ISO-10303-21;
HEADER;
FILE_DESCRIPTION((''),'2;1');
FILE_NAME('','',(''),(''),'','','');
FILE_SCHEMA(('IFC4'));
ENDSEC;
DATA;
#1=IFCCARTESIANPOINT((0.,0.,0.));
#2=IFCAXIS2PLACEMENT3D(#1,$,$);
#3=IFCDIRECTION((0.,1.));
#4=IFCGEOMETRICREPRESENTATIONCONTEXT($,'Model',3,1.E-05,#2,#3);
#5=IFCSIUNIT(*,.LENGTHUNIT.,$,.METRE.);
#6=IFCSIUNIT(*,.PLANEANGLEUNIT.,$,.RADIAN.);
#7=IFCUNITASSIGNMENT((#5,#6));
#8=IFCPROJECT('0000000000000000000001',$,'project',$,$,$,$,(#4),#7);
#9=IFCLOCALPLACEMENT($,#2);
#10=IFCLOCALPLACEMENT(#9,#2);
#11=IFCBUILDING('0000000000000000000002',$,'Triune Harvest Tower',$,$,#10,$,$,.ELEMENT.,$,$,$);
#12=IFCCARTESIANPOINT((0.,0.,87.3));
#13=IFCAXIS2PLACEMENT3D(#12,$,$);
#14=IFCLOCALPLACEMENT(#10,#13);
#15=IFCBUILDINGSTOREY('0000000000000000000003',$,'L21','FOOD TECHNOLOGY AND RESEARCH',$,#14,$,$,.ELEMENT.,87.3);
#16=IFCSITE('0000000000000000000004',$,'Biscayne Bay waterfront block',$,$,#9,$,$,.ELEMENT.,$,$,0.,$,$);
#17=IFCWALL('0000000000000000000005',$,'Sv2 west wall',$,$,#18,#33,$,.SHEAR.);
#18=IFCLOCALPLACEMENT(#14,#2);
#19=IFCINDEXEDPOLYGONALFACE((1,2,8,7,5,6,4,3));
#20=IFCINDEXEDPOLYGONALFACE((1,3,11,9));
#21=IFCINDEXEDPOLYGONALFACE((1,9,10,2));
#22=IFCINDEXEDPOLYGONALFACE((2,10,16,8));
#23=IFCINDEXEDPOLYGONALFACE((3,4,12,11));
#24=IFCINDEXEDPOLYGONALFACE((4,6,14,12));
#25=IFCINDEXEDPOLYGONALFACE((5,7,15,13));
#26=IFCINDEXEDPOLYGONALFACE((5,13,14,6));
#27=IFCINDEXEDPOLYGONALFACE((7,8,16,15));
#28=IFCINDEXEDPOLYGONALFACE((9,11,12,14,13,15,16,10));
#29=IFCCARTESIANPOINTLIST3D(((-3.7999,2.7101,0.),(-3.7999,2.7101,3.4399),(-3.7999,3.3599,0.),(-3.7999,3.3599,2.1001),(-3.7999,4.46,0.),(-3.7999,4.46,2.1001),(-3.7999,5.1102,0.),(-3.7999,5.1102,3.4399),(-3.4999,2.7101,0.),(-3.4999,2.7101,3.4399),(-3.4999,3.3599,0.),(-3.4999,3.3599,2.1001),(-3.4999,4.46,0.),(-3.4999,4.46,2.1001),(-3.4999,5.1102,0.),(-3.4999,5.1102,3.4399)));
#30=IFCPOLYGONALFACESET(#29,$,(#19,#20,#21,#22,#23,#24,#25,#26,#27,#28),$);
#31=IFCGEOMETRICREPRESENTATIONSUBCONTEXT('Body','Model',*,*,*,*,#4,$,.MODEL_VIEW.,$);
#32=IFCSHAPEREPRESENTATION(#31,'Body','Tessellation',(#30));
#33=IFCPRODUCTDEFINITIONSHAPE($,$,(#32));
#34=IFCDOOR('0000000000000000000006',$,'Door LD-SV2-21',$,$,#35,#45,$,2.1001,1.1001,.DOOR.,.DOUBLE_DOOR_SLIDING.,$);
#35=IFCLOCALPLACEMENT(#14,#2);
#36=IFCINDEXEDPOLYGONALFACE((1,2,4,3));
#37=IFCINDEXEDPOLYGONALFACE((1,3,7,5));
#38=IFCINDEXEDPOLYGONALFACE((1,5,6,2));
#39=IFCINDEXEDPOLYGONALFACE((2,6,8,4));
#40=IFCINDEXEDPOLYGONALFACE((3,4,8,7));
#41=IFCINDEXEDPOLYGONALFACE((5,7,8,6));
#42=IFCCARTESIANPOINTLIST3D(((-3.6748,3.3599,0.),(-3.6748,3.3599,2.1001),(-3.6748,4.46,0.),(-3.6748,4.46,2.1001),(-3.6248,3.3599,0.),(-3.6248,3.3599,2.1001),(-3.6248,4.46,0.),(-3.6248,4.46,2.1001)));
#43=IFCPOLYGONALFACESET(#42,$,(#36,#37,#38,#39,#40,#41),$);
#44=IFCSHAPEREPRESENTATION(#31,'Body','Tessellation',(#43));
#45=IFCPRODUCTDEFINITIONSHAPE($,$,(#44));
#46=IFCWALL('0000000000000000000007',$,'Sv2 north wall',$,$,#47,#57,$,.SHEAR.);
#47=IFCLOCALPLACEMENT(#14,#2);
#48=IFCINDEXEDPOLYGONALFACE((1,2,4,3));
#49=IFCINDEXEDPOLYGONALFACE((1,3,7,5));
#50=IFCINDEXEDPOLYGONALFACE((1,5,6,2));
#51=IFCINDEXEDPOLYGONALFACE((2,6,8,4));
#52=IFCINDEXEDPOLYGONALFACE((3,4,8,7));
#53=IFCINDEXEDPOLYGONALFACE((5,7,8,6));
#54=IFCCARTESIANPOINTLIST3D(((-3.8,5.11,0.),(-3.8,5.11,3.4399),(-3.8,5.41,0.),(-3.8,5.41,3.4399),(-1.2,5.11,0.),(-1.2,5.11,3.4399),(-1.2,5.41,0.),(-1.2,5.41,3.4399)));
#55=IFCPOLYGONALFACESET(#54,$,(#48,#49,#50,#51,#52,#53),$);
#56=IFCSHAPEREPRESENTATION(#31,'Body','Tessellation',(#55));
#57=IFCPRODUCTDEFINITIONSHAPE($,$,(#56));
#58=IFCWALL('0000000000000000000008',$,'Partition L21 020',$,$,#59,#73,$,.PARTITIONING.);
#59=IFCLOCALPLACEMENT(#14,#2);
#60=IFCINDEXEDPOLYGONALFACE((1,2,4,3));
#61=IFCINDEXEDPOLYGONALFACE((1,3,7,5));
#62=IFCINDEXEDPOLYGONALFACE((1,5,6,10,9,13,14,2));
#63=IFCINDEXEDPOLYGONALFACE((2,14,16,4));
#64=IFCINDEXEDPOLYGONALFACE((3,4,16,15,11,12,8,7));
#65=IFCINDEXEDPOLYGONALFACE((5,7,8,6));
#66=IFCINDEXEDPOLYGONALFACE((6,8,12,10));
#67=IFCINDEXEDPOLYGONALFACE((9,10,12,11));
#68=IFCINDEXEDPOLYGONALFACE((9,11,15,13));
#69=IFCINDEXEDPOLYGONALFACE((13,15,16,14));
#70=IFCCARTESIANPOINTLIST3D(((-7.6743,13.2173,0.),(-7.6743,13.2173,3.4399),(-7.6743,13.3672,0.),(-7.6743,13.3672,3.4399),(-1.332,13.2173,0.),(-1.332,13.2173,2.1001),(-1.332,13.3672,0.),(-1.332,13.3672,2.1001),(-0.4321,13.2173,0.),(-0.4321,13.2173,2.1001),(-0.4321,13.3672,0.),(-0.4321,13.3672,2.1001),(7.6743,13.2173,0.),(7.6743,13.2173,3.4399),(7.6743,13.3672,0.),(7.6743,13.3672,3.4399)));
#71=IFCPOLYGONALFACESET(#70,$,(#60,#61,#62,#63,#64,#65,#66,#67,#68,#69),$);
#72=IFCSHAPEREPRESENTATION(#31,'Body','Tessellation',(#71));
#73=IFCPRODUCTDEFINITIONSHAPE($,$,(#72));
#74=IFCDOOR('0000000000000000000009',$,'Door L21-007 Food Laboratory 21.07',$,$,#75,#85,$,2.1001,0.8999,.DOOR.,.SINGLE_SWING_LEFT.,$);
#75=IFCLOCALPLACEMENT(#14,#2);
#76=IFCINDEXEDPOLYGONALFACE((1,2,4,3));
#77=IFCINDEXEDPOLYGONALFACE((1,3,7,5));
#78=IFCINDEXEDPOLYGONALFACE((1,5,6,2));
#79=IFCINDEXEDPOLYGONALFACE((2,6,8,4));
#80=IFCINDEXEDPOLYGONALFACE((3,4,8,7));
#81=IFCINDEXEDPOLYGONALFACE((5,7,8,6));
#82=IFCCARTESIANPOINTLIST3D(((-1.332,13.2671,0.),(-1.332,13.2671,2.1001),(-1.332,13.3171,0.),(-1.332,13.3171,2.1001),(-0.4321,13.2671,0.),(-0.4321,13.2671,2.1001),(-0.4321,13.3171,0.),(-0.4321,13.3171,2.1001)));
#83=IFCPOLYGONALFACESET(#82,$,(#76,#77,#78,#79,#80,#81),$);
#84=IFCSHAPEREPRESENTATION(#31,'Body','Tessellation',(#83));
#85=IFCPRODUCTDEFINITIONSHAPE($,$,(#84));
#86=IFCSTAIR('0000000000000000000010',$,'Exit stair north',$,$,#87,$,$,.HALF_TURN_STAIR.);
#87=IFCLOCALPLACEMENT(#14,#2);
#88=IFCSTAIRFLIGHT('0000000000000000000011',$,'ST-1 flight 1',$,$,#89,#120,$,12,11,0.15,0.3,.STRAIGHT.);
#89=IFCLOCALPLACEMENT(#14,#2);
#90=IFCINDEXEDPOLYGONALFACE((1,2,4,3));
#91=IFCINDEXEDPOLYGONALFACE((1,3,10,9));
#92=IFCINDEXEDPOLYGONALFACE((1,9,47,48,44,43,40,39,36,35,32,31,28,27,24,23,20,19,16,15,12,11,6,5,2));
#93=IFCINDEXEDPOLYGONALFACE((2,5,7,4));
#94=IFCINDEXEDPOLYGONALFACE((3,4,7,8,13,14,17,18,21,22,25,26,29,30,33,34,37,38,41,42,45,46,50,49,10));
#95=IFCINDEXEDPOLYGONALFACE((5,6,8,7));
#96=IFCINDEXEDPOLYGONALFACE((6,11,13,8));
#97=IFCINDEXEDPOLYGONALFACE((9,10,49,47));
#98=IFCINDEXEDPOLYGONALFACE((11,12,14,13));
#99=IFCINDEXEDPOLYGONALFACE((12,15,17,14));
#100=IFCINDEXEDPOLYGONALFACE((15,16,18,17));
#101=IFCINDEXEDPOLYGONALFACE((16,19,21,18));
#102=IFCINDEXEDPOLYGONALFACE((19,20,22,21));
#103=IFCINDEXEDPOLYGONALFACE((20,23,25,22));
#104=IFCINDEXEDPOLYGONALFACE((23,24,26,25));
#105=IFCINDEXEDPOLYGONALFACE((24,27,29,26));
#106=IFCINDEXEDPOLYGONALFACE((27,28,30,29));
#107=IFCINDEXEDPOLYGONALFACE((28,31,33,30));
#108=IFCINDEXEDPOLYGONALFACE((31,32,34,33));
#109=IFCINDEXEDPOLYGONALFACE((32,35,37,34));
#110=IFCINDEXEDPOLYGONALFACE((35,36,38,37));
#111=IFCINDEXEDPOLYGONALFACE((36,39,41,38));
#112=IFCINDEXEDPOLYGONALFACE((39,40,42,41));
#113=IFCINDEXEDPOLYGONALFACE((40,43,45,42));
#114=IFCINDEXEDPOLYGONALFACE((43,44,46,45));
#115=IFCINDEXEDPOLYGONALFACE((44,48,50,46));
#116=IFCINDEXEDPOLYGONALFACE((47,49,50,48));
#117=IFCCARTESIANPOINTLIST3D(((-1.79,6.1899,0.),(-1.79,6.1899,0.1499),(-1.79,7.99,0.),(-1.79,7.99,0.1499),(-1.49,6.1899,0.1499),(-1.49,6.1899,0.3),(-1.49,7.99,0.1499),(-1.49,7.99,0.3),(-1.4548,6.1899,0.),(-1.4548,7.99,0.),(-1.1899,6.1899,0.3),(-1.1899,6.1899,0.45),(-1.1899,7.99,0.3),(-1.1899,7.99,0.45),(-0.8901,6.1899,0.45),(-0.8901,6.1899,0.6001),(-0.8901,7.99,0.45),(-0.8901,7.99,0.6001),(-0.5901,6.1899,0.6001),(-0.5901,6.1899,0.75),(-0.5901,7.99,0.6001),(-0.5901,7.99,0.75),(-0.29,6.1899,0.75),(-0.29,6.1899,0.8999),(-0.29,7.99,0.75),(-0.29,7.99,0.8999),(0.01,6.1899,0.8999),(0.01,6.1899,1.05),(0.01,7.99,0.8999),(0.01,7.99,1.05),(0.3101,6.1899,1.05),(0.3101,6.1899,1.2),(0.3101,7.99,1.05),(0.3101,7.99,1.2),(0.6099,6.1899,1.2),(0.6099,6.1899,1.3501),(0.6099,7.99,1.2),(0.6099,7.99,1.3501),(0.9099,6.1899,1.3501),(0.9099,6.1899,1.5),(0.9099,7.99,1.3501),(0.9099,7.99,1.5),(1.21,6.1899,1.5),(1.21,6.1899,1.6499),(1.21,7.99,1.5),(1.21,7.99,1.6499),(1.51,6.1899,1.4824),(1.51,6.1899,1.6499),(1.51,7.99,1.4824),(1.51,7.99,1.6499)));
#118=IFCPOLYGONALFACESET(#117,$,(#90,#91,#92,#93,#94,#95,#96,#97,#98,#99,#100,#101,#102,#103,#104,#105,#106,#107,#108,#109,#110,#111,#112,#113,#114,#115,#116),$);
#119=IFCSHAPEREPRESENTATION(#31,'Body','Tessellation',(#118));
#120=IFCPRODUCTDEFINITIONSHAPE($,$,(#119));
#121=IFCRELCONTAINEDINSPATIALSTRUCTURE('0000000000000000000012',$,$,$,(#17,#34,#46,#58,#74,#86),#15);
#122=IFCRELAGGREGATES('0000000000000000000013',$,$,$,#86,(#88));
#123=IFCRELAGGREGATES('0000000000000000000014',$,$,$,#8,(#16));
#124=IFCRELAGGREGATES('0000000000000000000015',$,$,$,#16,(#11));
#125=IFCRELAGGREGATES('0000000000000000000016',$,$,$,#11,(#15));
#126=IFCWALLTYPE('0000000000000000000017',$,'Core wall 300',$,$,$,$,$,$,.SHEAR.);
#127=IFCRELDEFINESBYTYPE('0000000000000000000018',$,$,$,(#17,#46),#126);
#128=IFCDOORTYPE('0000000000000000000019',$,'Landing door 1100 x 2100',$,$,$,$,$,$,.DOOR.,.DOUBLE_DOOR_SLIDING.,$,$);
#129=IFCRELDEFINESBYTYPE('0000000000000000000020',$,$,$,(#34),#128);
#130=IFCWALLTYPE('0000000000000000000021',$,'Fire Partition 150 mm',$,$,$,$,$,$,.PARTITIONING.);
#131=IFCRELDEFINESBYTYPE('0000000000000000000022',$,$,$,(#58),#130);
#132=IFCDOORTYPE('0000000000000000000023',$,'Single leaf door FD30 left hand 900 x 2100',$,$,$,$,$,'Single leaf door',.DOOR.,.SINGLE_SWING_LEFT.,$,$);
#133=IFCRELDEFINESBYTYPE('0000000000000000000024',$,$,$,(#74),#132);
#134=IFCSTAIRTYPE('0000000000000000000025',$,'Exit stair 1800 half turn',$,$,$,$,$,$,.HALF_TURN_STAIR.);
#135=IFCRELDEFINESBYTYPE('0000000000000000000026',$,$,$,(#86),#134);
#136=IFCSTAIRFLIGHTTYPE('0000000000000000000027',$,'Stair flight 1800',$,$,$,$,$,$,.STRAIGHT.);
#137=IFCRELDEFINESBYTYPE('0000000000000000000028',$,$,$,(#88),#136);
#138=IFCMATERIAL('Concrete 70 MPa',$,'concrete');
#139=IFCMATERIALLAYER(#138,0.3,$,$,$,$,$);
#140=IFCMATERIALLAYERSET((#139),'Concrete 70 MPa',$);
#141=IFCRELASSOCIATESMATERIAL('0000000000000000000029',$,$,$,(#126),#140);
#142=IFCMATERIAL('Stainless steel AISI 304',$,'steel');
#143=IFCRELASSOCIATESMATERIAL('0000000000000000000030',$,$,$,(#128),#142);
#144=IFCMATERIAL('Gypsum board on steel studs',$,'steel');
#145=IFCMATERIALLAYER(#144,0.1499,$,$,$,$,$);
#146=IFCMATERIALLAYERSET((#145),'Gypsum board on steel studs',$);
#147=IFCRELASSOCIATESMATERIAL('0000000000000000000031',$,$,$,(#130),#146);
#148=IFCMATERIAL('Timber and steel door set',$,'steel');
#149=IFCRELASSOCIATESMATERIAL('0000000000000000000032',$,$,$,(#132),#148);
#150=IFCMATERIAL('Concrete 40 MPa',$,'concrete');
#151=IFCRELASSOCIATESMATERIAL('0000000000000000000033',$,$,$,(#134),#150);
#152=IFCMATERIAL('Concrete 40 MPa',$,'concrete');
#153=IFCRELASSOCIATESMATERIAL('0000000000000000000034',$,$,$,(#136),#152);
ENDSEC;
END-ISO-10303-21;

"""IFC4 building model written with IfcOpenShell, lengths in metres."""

from ifc_helpers import new_model, si_unit, direction, frame, frame_2d, origin, place, context, subcontext, project, spatial, polyline, rectangle, outline, extrude, source, transform, mapped, material, layer, layer_set, type_object, element, fill, aggregate, save


model = new_model("IFC4")

# Units and contexts
model_context = context("Model", 3, precision=1e-05, world=origin(), true_north=direction((0.0, 1.0)))
body_context = subcontext(model_context, "Body", "Model", "MODEL_VIEW")
ifc_project = project(units=[si_unit("LENGTHUNIT", "METRE"), si_unit("PLANEANGLEUNIT", "RADIAN")], contexts=[model_context])

# Site, building, storey
site_placement = place(None, origin())
site = spatial("IfcSite", under=ifc_project, at=site_placement, Name="Biscayne Bay waterfront block", CompositionType="ELEMENT", RefElevation=0.0)
building_placement = place(site_placement, origin())
building = spatial("IfcBuilding", under=site, at=building_placement, Name="Triune Harvest Tower", CompositionType="ELEMENT")
storey_placement = place(building_placement, frame((0.0, 0.0, 87.3)))
storey = spatial("IfcBuildingStorey", under=building, at=storey_placement, Name="L21", Description="FOOD TECHNOLOGY AND RESEARCH", CompositionType="ELEMENT", Elevation=87.3)

# Shared definitions
ifc_material_1 = material(Name="Concrete 70 MPa", Category="concrete")
ifc_layer_1 = layer(ifc_material_1, 0.3)
ifc_layer_set_1 = layer_set([ifc_layer_1], Name="Concrete 70 MPa")
wall_type_1 = type_object("IfcWallType", Name="Core wall 300", PredefinedType="SHEAR", material=ifc_layer_set_1)

# Shared definitions
shared_shape_1 = source(origin(), body_context, "Body", "SweptSolid", [
    extrude(rectangle(XDim=2.4001, YDim=0.3, at=frame_2d((1.2002, 0.0))), origin(), (0.0, 0.0, 1.0), 3.4399),
])

# Wall, opening, door
ifc_material_2 = material(Name="Stainless steel AISI 304", Category="steel")
door_type_1 = type_object("IfcDoorType", Name="Landing door 1100 x 2100", OperationType="DOUBLE_DOOR_SLIDING", PredefinedType="DOOR", material=ifc_material_2)
wall_1_placement = place(storey_placement, frame((-3.6499, 2.71, 0.0), z_axis=(0.0, 0.0, 1.0), x_axis=(0.0, 1.0, 0.0)))
wall_1 = element("IfcWall", 1, at=wall_1_placement, inside=storey, type_object=wall_type_1, Name="Sv2 west wall", PredefinedType="SHEAR", context=body_context, shape_type="MappedRepresentation", body=[
    mapped(shared_shape_1, transform((0.0, 0.0, 0.0), scale=1.0)),
])
opening_1_placement = place(wall_1_placement, frame((0.6499, 0.0, 0.0)))
opening_1 = element("IfcOpeningElement", 2, at=opening_1_placement, cuts=wall_1, PredefinedType="OPENING", context=body_context, shape_type="SweptSolid", body=[
    extrude(rectangle(XDim=1.1001, YDim=2.1001, at=frame_2d((0.55, 1.05))), frame((0.0, 0.1602, 0.0), z_axis=(0.0, -1.0, 0.0), x_axis=(1.0, 0.0, 0.0)), (0.0, 0.0, 1.0), 0.3201),
])
door_1_placement = place(opening_1_placement, origin())
door_1 = element("IfcDoor", 3, at=door_1_placement, inside=storey, type_object=door_type_1, Name="Door LD-SV2-21", OperationType="DOUBLE_DOOR_SLIDING", OverallHeight=2.1001, OverallWidth=1.1001, PredefinedType="DOOR", context=body_context, shape_type="SweptSolid", body=[
    extrude(rectangle(XDim=1.1001, YDim=2.1001, at=frame_2d((0.55, 1.05))), frame((0.0, 0.0249, 0.0), z_axis=(0.0, -1.0, 0.0), x_axis=(1.0, 0.0, 0.0)), (0.0, 0.0, 1.0), 0.05),
])
fill(opening_1, door_1)

# Wall
shared_shape_2 = source(origin(), body_context, "Body", "SweptSolid", [
    extrude(rectangle(XDim=2.6001, YDim=0.3, at=frame_2d((1.3, 0.0))), origin(), (0.0, 0.0, 1.0), 3.4399),
])
wall_2_placement = place(storey_placement, frame((-3.8, 5.26, 0.0), z_axis=(0.0, 0.0, 1.0), x_axis=(1.0, 0.0, 0.0)))
element("IfcWall", 4, at=wall_2_placement, inside=storey, type_object=wall_type_1, Name="Sv2 north wall", PredefinedType="SHEAR", context=body_context, shape_type="MappedRepresentation", body=[
    mapped(shared_shape_2, transform((0.0, 0.0, 0.0), scale=1.0)),
])

# Wall, opening, door
ifc_material_3 = material(Name="Gypsum board on steel studs", Category="steel")
ifc_layer_2 = layer(ifc_material_3, 0.1499)
ifc_layer_set_2 = layer_set([ifc_layer_2], Name="Gypsum board on steel studs")
wall_type_2 = type_object("IfcWallType", Name="Fire Partition 150 mm", PredefinedType="PARTITIONING", material=ifc_layer_set_2)
shared_shape_3 = source(origin(), body_context, "Body", "SweptSolid", [
    extrude(rectangle(XDim=15.3486, YDim=0.1499, at=frame_2d((7.6743, 0.0))), origin(), (0.0, 0.0, 1.0), 3.4399),
])
wall_3_placement = place(storey_placement, frame((-7.6743, 13.2922, 0.0), z_axis=(0.0, 0.0, 1.0), x_axis=(1.0, 0.0, 0.0)))
wall_3 = element("IfcWall", 5, at=wall_3_placement, inside=storey, type_object=wall_type_2, Name="Partition L21 020", PredefinedType="PARTITIONING", context=body_context, shape_type="MappedRepresentation", body=[
    mapped(shared_shape_3, transform((0.0, 0.0, 0.0), scale=1.0)),
])
opening_2_placement = place(wall_3_placement, frame((6.3423, 0.0, 0.0)))
opening_2 = element("IfcOpeningElement", 6, at=opening_2_placement, cuts=wall_3, PredefinedType="OPENING", context=body_context, shape_type="SweptSolid", body=[
    extrude(rectangle(XDim=0.8999, YDim=2.1001, at=frame_2d((0.45, 1.05))), frame((0.0, 0.085, 0.0), z_axis=(0.0, -1.0, 0.0), x_axis=(1.0, 0.0, 0.0)), (0.0, 0.0, 1.0), 0.1699),
])
ifc_material_4 = material(Name="Timber and steel door set", Category="steel")
door_type_2 = type_object("IfcDoorType", Name="Single leaf door FD30 left hand 900 x 2100", ElementType="Single leaf door", OperationType="SINGLE_SWING_LEFT", PredefinedType="DOOR", material=ifc_material_4)
door_2_placement = place(opening_2_placement, origin())
door_2 = element("IfcDoor", 7, at=door_2_placement, inside=storey, type_object=door_type_2, Name="Door L21-007 Food Laboratory 21.07", OperationType="SINGLE_SWING_LEFT", OverallHeight=2.1001, OverallWidth=0.8999, PredefinedType="DOOR", context=body_context, shape_type="SweptSolid", body=[
    extrude(rectangle(XDim=0.8999, YDim=2.1001, at=frame_2d((0.45, 1.05))), frame((0.0, 0.0249, 0.0), z_axis=(0.0, -1.0, 0.0), x_axis=(1.0, 0.0, 0.0)), (0.0, 0.0, 1.0), 0.05),
])
fill(opening_2, door_2)

# Stair, stair flight
ifc_material_5 = material(Name="Concrete 40 MPa", Category="concrete")
stair_type = type_object("IfcStairType", Name="Exit stair 1800 half turn", PredefinedType="HALF_TURN_STAIR", material=ifc_material_5)
stair_placement = place(storey_placement, origin())
stair = element("IfcStair", 8, at=stair_placement, inside=storey, type_object=stair_type, Name="Exit stair north", PredefinedType="HALF_TURN_STAIR")
ifc_material_6 = material(Name="Concrete 40 MPa", Category="concrete")
stair_flight_type = type_object("IfcStairFlightType", Name="Stair flight 1800", PredefinedType="STRAIGHT", material=ifc_material_6)
shared_shape_4 = source(origin(), body_context, "Body", "SweptSolid", [
    extrude(outline(polyline([(0.0, 0.0), (0.0, 0.1499), (0.3, 0.1499), (0.3, 0.3), (0.6001, 0.3), (0.6001, 0.45), (0.8999, 0.45), (0.8999, 0.6001), (1.2, 0.6001), (1.2, 0.75), (1.5, 0.75), (1.5, 0.8999), (1.8, 0.8999), (1.8, 1.05), (2.1001, 1.05), (2.1001, 1.2), (2.3999, 1.2), (2.3999, 1.3501), (2.7, 1.3501), (2.7, 1.5), (3.0, 1.5), (3.0, 1.6499), (3.3, 1.6499), (3.3, 1.8), (3.3, 1.4824), (0.3352, 0.0), (0.0, 0.0)])), frame((0.0, 0.8999, 0.0), z_axis=(0.0, -1.0, 0.0), x_axis=(1.0, 0.0, 0.0)), (0.0, 0.0, 1.0), 1.8),
])
stair_flight_placement = place(storey_placement, frame((-1.79, 7.0901, 0.0), z_axis=(0.0, 0.0, 1.0), x_axis=(1.0, 0.0, 0.0)))
stair_flight = element("IfcStairFlight", 9, at=stair_flight_placement, type_object=stair_flight_type, Name="ST-1 flight 1", NumberOfRisers=12, NumberOfTreads=11, PredefinedType="STRAIGHT", RiserHeight=0.15, TreadLength=0.3, context=body_context, shape_type="MappedRepresentation", body=[
    mapped(shared_shape_4, transform((0.0, 0.0, 0.0), scale=1.0)),
])
aggregate(stair, [stair_flight])

save(model, "model.ifc")
